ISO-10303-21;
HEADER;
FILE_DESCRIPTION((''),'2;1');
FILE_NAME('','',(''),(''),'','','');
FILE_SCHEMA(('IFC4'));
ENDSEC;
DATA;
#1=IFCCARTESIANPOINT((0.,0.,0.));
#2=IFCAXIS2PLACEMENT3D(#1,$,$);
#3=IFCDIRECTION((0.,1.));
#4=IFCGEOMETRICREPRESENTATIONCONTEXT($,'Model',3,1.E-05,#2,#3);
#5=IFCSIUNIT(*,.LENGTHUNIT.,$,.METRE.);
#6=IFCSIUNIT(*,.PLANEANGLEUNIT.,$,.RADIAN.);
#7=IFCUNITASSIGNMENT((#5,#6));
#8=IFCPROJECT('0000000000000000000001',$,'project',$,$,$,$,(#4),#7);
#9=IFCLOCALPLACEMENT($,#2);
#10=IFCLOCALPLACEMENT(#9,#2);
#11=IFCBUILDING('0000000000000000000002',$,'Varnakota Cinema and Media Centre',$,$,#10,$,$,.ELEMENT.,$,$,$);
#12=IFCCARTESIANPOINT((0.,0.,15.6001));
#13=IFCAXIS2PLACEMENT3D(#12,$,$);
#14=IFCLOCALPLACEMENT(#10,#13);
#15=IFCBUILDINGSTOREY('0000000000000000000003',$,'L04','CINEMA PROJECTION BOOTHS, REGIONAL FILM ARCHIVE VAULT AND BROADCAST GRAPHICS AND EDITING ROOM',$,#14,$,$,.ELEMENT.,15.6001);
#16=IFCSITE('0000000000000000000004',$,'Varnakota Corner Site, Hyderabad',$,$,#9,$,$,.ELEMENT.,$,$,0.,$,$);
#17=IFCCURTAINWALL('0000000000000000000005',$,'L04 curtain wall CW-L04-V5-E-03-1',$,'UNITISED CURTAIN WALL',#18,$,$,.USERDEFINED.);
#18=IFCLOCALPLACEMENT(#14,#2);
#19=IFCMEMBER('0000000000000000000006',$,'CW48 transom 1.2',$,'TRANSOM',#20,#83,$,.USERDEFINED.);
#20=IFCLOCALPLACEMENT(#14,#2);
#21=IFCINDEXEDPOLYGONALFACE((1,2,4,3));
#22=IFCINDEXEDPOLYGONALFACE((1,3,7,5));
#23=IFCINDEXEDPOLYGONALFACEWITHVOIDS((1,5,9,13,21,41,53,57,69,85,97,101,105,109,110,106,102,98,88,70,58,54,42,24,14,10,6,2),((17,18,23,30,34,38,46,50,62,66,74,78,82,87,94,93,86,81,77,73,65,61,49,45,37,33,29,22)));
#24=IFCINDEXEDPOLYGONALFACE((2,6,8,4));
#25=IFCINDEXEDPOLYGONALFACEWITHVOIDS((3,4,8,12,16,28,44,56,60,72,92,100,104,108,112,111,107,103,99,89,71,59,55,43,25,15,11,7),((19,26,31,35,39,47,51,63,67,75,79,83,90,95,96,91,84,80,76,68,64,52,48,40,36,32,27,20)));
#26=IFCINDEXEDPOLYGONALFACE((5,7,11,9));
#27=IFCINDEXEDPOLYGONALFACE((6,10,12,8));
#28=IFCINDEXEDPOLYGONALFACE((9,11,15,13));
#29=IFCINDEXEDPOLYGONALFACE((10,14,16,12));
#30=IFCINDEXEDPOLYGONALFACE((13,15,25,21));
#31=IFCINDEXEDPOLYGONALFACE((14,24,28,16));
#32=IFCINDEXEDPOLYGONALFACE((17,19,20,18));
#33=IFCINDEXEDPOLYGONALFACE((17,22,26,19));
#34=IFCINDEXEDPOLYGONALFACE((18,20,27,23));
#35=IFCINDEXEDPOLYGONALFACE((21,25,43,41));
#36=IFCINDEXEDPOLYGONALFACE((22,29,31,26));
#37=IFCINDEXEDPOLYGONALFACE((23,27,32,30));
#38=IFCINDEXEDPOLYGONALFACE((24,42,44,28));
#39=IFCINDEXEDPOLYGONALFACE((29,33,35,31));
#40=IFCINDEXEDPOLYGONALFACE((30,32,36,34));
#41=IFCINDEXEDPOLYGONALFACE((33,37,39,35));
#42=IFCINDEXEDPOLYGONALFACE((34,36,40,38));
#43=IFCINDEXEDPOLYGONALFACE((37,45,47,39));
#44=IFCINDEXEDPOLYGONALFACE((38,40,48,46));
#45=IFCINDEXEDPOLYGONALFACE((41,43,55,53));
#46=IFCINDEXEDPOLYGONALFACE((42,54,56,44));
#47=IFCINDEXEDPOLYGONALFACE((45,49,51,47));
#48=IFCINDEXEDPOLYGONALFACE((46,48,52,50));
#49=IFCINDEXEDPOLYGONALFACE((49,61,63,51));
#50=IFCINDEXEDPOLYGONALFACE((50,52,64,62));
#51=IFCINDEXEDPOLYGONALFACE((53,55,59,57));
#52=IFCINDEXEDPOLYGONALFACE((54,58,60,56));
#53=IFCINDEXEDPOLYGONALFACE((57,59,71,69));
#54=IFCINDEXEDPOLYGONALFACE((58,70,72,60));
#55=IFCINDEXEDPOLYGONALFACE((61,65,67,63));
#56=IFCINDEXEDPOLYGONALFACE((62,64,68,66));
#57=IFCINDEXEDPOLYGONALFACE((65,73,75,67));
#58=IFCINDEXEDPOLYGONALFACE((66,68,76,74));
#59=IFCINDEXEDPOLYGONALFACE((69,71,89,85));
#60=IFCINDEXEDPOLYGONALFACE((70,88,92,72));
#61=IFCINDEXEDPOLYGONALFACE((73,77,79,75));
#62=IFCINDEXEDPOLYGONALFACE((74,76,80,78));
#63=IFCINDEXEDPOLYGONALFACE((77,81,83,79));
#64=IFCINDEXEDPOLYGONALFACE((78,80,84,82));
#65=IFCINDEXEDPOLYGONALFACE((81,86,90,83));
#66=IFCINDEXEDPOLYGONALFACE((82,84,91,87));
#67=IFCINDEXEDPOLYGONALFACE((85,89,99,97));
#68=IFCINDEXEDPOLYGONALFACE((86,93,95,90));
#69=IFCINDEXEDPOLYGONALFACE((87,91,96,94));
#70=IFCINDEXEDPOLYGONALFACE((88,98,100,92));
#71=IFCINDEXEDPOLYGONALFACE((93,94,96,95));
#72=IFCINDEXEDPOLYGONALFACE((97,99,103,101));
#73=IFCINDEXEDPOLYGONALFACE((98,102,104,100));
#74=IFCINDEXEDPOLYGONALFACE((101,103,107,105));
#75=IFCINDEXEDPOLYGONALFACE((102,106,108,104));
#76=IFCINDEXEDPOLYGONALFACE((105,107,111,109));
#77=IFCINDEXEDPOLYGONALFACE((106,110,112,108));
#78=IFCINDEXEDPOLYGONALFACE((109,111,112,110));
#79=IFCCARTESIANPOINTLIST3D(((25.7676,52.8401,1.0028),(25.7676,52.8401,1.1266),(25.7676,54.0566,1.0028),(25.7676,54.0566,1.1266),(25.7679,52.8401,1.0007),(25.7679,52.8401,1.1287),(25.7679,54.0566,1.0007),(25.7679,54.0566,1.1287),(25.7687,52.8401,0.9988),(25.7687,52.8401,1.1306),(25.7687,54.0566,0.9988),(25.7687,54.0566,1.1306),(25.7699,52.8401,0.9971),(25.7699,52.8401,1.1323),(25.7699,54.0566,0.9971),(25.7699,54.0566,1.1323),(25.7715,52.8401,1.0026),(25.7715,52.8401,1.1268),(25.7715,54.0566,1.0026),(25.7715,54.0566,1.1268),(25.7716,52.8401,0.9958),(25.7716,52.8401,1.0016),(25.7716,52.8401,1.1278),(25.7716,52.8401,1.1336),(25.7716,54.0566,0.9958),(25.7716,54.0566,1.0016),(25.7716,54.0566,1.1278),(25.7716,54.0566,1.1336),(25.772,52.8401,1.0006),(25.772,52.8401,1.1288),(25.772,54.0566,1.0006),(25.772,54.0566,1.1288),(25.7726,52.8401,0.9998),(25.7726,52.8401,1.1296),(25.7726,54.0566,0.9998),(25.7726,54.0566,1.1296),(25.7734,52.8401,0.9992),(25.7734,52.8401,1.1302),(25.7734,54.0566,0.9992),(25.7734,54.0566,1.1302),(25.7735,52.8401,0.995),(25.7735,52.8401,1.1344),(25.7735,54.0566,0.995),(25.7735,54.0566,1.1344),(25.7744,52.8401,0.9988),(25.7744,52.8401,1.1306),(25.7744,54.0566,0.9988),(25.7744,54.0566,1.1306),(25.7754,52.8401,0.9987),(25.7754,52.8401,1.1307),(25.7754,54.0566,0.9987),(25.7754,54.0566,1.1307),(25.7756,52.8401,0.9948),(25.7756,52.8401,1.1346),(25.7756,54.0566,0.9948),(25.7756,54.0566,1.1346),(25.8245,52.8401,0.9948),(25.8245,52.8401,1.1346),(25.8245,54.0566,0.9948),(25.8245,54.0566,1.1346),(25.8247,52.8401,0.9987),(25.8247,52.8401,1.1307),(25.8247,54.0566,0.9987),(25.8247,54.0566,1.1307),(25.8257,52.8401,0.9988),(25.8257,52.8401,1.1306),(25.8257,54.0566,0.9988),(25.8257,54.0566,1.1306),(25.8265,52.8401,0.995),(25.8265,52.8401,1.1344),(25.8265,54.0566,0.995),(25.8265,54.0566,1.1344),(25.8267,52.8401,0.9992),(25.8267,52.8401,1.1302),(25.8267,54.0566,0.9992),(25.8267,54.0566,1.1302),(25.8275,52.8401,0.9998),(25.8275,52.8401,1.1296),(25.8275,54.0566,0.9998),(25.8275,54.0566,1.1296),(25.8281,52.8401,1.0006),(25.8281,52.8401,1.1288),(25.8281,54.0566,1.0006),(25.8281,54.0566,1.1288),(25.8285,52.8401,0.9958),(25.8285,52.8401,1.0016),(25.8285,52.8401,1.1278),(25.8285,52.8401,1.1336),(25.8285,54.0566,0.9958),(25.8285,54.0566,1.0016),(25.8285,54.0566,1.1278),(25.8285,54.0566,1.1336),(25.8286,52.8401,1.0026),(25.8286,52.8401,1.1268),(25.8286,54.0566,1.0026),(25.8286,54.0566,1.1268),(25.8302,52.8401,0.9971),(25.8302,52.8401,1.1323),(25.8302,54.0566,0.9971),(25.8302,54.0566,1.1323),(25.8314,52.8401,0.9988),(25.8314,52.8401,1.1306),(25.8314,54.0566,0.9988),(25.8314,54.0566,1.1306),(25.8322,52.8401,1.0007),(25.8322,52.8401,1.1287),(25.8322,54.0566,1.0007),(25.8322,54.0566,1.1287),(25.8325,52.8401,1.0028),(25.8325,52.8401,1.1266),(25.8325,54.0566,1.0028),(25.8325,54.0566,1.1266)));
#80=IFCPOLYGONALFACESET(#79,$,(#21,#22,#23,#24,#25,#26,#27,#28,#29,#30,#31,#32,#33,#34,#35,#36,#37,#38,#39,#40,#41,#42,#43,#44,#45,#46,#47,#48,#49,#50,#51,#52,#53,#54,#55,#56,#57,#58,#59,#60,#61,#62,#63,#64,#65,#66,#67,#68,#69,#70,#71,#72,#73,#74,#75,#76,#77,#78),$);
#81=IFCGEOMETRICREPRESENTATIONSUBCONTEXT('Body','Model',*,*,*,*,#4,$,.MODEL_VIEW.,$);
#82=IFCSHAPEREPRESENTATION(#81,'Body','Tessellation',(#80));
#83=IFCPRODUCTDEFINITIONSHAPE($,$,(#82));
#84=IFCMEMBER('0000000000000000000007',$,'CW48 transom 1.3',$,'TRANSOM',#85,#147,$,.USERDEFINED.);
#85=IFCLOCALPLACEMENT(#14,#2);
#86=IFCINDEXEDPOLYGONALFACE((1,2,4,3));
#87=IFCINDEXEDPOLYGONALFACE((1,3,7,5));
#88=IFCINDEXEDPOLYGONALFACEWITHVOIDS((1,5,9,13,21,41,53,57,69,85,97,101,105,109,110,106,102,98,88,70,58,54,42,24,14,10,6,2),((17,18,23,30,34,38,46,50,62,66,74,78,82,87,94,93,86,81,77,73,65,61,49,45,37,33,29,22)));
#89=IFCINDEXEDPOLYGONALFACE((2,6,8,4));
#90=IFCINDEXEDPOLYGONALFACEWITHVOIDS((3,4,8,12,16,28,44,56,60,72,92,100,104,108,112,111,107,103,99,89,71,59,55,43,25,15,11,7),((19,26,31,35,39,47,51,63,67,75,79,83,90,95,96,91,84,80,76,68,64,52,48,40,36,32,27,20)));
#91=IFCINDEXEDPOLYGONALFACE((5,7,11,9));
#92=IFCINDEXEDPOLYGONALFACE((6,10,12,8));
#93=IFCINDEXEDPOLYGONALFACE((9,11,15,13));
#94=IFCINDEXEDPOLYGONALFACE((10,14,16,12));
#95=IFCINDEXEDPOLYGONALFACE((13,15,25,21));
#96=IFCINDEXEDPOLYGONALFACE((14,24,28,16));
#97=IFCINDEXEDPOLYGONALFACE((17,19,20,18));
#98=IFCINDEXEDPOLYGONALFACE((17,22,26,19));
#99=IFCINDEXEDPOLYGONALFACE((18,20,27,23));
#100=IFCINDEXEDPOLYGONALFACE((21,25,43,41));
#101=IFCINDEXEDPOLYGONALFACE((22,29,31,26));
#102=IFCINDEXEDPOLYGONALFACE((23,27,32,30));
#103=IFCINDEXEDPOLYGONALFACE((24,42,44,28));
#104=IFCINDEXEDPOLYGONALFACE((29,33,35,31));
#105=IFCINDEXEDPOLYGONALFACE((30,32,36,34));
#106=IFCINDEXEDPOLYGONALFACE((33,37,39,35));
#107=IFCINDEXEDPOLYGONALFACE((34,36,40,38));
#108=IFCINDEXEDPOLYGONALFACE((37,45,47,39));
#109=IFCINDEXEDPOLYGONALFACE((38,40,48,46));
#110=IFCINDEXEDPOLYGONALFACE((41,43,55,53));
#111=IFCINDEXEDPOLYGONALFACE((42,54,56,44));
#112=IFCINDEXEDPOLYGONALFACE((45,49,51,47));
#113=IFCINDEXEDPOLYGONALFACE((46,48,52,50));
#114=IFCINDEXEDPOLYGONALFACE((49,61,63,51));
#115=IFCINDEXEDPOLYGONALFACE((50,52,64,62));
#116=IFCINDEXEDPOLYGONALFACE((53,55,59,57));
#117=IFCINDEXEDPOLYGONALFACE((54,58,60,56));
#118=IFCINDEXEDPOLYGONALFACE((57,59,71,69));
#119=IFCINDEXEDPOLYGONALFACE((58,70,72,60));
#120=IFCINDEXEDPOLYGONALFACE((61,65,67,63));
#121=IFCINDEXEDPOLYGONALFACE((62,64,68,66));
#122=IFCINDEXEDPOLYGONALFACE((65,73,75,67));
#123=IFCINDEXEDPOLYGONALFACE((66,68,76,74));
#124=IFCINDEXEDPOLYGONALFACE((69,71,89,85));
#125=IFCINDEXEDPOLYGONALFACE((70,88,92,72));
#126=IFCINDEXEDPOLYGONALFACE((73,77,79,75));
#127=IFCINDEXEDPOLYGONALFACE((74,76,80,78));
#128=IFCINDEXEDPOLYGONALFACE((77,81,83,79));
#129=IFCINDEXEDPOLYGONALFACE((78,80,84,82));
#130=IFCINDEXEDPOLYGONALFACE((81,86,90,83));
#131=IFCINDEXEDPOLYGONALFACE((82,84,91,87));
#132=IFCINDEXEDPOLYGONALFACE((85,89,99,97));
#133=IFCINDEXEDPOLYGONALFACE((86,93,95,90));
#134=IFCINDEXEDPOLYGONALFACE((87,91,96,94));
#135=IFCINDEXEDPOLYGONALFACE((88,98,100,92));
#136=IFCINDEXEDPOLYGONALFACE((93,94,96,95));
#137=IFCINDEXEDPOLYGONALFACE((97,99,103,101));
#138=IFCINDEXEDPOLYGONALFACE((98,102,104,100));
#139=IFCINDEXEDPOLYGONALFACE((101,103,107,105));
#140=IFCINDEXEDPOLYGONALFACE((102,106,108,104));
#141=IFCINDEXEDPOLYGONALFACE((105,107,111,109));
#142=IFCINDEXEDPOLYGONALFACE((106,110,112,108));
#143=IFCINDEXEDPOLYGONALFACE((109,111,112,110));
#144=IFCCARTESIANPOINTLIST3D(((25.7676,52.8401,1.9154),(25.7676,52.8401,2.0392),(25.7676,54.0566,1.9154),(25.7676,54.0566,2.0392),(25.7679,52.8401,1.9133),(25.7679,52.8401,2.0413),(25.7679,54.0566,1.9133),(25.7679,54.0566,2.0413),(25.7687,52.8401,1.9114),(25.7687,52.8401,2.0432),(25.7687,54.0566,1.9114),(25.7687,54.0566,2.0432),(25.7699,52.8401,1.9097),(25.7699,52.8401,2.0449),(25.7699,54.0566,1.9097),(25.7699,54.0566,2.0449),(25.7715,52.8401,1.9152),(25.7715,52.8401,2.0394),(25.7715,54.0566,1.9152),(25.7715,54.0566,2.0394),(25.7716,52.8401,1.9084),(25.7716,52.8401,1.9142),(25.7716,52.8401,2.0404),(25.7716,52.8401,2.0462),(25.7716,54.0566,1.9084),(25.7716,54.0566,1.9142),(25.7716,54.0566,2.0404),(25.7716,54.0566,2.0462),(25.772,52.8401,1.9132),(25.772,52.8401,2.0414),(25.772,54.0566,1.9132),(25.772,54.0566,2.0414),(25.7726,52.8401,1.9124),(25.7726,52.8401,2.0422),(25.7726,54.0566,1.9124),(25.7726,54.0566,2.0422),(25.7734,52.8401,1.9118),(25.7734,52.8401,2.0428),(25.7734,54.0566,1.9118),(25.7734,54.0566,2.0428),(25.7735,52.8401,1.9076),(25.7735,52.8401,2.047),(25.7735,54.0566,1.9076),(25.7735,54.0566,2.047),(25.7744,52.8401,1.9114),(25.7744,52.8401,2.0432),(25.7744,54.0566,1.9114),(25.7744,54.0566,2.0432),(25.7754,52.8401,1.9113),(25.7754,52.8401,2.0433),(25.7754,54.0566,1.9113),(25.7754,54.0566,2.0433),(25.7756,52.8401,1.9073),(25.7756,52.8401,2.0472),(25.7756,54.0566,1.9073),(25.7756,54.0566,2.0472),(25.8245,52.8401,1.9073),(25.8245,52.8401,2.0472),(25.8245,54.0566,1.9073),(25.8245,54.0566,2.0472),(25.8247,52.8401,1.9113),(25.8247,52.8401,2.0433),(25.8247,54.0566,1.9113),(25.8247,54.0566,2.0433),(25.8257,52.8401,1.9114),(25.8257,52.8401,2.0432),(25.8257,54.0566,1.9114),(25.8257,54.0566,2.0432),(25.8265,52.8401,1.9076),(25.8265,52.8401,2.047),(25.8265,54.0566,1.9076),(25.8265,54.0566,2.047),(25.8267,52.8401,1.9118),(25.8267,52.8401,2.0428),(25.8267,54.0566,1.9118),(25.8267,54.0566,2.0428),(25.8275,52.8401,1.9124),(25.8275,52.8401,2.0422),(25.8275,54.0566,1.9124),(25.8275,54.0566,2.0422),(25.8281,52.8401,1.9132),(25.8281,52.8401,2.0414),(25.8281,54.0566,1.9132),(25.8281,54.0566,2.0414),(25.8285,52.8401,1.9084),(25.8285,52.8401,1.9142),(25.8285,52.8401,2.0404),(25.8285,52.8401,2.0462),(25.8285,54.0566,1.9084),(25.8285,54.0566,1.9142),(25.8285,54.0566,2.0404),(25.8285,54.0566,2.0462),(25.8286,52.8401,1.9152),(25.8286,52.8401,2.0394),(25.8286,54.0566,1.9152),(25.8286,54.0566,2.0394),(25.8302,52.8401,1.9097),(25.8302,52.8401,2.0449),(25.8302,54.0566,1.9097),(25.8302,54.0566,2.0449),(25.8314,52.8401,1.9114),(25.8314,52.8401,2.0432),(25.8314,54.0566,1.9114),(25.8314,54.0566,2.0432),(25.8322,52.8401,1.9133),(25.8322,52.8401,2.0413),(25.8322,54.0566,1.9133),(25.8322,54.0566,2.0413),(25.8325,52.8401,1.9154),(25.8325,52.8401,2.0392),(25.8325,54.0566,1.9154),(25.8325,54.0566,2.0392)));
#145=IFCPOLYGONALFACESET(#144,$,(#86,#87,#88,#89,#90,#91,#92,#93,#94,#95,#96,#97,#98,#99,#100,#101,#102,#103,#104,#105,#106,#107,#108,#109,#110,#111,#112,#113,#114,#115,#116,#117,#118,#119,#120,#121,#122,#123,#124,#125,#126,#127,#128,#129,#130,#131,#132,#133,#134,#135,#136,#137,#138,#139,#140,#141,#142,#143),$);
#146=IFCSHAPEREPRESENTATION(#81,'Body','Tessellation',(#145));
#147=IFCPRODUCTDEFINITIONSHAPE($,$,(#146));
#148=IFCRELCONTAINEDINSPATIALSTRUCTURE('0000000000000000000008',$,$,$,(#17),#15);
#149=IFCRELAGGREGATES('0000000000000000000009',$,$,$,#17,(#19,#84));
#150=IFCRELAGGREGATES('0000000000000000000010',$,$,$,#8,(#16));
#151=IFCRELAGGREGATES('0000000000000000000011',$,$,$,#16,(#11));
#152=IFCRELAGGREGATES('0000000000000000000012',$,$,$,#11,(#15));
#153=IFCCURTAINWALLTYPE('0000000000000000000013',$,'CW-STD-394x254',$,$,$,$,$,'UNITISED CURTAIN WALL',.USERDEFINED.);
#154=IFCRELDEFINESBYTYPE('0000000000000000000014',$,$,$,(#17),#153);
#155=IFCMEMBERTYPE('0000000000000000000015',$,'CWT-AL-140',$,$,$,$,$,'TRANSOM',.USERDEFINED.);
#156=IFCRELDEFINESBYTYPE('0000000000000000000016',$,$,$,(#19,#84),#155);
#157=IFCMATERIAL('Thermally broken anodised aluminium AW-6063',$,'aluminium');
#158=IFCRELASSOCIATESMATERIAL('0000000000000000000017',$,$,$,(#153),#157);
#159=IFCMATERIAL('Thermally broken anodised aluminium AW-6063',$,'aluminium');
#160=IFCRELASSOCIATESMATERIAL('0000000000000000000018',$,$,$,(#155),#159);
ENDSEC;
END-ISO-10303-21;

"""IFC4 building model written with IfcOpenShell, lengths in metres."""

from ifc_helpers import new_model, si_unit, direction, frame, origin, origin_2d, place, context, subcontext, project, spatial, hollow_rectangle, extrude, material, material_profile, profile_set, type_object, element, aggregate, save


model = new_model("IFC4")

# Units and contexts
model_context = context("Model", 3, precision=1e-05, world=origin(), true_north=direction((0.0, 1.0)))
body_context = subcontext(model_context, "Body", "Model", "MODEL_VIEW")
ifc_project = project(units=[si_unit("LENGTHUNIT", "METRE"), si_unit("PLANEANGLEUNIT", "RADIAN")], contexts=[model_context])

# Site, building, storey
site_placement = place(None, origin())
site = spatial("IfcSite", under=ifc_project, at=site_placement, Name="Varnakota Corner Site, Hyderabad", CompositionType="ELEMENT", RefElevation=0.0)
building_placement = place(site_placement, origin())
building = spatial("IfcBuilding", under=site, at=building_placement, Name="Varnakota Cinema and Media Centre", CompositionType="ELEMENT")
storey_placement = place(building_placement, frame((0.0, 0.0, 15.6001)))
storey = spatial("IfcBuildingStorey", under=building, at=storey_placement, Name="L04", Description="CINEMA PROJECTION BOOTHS, REGIONAL FILM ARCHIVE VAULT AND BROADCAST GRAPHICS AND EDITING ROOM", CompositionType="ELEMENT", Elevation=15.6001)

# Curtain wall
ifc_material_1 = material(Name="Thermally broken anodised aluminium AW-6063", Category="aluminium")
curtain_wall_type_1 = type_object("IfcCurtainWallType", Name="CW-STD-394x254", ElementType="UNITISED CURTAIN WALL", PredefinedType="USERDEFINED", material=ifc_material_1)
curtain_wall_1_placement = place(storey_placement, origin())
curtain_wall_1 = element("IfcCurtainWall", 1, at=curtain_wall_1_placement, inside=storey, type_object=curtain_wall_type_1, Name="L04 curtain wall CW-L04-V5-E-03-1", ObjectType="UNITISED CURTAIN WALL", PredefinedType="USERDEFINED")

# Members
ifc_material_2 = material(Name="Thermally broken anodised aluminium AW-6063", Category="aluminium")
ifc_material_profile_1 = material_profile(ifc_material_2, hollow_rectangle(XDim=0.0649, YDim=0.1399, WallThickness=0.0039, InnerFilletRadius=0.0039, OuterFilletRadius=0.0081, at=origin_2d()), Name="AL-TRANSOM 140x65x4")
ifc_profile_set_1 = profile_set([ifc_material_profile_1], Name="Thermally broken anodised aluminium AW-6063")
member_type_1 = type_object("IfcMemberType", Name="CWT-AL-140", ElementType="TRANSOM", PredefinedType="USERDEFINED", material=ifc_profile_set_1)
member_1_placement = place(storey_placement, frame((25.8, 52.8401, 1.0647), z_axis=(0.0, 1.0, 0.0), x_axis=(-1.0, 0.0, 0.0)))
member_1 = element("IfcMember", 2, at=member_1_placement, type_object=member_type_1, Name="CW48 transom 1.2", ObjectType="TRANSOM", PredefinedType="USERDEFINED", context=body_context, shape_type="SweptSolid", body=[
    extrude(hollow_rectangle(XDim=0.0649, YDim=0.1399, WallThickness=0.0039, InnerFilletRadius=0.0039, OuterFilletRadius=0.0081, at=origin_2d()), origin(), (0.0, 0.0, 1.0), 1.2166),
])
member_2_placement = place(storey_placement, frame((25.8, 52.8401, 1.9773), z_axis=(0.0, 1.0, 0.0), x_axis=(-1.0, 0.0, 0.0)))
member_2 = element("IfcMember", 3, at=member_2_placement, type_object=member_type_1, Name="CW48 transom 1.3", ObjectType="TRANSOM", PredefinedType="USERDEFINED", context=body_context, shape_type="SweptSolid", body=[
    extrude(hollow_rectangle(XDim=0.0649, YDim=0.1399, WallThickness=0.0039, InnerFilletRadius=0.0039, OuterFilletRadius=0.0081, at=origin_2d()), origin(), (0.0, 0.0, 1.0), 1.2166),
])

aggregate(curtain_wall_1, [member_1, member_2])

save(model, "model.ifc")
